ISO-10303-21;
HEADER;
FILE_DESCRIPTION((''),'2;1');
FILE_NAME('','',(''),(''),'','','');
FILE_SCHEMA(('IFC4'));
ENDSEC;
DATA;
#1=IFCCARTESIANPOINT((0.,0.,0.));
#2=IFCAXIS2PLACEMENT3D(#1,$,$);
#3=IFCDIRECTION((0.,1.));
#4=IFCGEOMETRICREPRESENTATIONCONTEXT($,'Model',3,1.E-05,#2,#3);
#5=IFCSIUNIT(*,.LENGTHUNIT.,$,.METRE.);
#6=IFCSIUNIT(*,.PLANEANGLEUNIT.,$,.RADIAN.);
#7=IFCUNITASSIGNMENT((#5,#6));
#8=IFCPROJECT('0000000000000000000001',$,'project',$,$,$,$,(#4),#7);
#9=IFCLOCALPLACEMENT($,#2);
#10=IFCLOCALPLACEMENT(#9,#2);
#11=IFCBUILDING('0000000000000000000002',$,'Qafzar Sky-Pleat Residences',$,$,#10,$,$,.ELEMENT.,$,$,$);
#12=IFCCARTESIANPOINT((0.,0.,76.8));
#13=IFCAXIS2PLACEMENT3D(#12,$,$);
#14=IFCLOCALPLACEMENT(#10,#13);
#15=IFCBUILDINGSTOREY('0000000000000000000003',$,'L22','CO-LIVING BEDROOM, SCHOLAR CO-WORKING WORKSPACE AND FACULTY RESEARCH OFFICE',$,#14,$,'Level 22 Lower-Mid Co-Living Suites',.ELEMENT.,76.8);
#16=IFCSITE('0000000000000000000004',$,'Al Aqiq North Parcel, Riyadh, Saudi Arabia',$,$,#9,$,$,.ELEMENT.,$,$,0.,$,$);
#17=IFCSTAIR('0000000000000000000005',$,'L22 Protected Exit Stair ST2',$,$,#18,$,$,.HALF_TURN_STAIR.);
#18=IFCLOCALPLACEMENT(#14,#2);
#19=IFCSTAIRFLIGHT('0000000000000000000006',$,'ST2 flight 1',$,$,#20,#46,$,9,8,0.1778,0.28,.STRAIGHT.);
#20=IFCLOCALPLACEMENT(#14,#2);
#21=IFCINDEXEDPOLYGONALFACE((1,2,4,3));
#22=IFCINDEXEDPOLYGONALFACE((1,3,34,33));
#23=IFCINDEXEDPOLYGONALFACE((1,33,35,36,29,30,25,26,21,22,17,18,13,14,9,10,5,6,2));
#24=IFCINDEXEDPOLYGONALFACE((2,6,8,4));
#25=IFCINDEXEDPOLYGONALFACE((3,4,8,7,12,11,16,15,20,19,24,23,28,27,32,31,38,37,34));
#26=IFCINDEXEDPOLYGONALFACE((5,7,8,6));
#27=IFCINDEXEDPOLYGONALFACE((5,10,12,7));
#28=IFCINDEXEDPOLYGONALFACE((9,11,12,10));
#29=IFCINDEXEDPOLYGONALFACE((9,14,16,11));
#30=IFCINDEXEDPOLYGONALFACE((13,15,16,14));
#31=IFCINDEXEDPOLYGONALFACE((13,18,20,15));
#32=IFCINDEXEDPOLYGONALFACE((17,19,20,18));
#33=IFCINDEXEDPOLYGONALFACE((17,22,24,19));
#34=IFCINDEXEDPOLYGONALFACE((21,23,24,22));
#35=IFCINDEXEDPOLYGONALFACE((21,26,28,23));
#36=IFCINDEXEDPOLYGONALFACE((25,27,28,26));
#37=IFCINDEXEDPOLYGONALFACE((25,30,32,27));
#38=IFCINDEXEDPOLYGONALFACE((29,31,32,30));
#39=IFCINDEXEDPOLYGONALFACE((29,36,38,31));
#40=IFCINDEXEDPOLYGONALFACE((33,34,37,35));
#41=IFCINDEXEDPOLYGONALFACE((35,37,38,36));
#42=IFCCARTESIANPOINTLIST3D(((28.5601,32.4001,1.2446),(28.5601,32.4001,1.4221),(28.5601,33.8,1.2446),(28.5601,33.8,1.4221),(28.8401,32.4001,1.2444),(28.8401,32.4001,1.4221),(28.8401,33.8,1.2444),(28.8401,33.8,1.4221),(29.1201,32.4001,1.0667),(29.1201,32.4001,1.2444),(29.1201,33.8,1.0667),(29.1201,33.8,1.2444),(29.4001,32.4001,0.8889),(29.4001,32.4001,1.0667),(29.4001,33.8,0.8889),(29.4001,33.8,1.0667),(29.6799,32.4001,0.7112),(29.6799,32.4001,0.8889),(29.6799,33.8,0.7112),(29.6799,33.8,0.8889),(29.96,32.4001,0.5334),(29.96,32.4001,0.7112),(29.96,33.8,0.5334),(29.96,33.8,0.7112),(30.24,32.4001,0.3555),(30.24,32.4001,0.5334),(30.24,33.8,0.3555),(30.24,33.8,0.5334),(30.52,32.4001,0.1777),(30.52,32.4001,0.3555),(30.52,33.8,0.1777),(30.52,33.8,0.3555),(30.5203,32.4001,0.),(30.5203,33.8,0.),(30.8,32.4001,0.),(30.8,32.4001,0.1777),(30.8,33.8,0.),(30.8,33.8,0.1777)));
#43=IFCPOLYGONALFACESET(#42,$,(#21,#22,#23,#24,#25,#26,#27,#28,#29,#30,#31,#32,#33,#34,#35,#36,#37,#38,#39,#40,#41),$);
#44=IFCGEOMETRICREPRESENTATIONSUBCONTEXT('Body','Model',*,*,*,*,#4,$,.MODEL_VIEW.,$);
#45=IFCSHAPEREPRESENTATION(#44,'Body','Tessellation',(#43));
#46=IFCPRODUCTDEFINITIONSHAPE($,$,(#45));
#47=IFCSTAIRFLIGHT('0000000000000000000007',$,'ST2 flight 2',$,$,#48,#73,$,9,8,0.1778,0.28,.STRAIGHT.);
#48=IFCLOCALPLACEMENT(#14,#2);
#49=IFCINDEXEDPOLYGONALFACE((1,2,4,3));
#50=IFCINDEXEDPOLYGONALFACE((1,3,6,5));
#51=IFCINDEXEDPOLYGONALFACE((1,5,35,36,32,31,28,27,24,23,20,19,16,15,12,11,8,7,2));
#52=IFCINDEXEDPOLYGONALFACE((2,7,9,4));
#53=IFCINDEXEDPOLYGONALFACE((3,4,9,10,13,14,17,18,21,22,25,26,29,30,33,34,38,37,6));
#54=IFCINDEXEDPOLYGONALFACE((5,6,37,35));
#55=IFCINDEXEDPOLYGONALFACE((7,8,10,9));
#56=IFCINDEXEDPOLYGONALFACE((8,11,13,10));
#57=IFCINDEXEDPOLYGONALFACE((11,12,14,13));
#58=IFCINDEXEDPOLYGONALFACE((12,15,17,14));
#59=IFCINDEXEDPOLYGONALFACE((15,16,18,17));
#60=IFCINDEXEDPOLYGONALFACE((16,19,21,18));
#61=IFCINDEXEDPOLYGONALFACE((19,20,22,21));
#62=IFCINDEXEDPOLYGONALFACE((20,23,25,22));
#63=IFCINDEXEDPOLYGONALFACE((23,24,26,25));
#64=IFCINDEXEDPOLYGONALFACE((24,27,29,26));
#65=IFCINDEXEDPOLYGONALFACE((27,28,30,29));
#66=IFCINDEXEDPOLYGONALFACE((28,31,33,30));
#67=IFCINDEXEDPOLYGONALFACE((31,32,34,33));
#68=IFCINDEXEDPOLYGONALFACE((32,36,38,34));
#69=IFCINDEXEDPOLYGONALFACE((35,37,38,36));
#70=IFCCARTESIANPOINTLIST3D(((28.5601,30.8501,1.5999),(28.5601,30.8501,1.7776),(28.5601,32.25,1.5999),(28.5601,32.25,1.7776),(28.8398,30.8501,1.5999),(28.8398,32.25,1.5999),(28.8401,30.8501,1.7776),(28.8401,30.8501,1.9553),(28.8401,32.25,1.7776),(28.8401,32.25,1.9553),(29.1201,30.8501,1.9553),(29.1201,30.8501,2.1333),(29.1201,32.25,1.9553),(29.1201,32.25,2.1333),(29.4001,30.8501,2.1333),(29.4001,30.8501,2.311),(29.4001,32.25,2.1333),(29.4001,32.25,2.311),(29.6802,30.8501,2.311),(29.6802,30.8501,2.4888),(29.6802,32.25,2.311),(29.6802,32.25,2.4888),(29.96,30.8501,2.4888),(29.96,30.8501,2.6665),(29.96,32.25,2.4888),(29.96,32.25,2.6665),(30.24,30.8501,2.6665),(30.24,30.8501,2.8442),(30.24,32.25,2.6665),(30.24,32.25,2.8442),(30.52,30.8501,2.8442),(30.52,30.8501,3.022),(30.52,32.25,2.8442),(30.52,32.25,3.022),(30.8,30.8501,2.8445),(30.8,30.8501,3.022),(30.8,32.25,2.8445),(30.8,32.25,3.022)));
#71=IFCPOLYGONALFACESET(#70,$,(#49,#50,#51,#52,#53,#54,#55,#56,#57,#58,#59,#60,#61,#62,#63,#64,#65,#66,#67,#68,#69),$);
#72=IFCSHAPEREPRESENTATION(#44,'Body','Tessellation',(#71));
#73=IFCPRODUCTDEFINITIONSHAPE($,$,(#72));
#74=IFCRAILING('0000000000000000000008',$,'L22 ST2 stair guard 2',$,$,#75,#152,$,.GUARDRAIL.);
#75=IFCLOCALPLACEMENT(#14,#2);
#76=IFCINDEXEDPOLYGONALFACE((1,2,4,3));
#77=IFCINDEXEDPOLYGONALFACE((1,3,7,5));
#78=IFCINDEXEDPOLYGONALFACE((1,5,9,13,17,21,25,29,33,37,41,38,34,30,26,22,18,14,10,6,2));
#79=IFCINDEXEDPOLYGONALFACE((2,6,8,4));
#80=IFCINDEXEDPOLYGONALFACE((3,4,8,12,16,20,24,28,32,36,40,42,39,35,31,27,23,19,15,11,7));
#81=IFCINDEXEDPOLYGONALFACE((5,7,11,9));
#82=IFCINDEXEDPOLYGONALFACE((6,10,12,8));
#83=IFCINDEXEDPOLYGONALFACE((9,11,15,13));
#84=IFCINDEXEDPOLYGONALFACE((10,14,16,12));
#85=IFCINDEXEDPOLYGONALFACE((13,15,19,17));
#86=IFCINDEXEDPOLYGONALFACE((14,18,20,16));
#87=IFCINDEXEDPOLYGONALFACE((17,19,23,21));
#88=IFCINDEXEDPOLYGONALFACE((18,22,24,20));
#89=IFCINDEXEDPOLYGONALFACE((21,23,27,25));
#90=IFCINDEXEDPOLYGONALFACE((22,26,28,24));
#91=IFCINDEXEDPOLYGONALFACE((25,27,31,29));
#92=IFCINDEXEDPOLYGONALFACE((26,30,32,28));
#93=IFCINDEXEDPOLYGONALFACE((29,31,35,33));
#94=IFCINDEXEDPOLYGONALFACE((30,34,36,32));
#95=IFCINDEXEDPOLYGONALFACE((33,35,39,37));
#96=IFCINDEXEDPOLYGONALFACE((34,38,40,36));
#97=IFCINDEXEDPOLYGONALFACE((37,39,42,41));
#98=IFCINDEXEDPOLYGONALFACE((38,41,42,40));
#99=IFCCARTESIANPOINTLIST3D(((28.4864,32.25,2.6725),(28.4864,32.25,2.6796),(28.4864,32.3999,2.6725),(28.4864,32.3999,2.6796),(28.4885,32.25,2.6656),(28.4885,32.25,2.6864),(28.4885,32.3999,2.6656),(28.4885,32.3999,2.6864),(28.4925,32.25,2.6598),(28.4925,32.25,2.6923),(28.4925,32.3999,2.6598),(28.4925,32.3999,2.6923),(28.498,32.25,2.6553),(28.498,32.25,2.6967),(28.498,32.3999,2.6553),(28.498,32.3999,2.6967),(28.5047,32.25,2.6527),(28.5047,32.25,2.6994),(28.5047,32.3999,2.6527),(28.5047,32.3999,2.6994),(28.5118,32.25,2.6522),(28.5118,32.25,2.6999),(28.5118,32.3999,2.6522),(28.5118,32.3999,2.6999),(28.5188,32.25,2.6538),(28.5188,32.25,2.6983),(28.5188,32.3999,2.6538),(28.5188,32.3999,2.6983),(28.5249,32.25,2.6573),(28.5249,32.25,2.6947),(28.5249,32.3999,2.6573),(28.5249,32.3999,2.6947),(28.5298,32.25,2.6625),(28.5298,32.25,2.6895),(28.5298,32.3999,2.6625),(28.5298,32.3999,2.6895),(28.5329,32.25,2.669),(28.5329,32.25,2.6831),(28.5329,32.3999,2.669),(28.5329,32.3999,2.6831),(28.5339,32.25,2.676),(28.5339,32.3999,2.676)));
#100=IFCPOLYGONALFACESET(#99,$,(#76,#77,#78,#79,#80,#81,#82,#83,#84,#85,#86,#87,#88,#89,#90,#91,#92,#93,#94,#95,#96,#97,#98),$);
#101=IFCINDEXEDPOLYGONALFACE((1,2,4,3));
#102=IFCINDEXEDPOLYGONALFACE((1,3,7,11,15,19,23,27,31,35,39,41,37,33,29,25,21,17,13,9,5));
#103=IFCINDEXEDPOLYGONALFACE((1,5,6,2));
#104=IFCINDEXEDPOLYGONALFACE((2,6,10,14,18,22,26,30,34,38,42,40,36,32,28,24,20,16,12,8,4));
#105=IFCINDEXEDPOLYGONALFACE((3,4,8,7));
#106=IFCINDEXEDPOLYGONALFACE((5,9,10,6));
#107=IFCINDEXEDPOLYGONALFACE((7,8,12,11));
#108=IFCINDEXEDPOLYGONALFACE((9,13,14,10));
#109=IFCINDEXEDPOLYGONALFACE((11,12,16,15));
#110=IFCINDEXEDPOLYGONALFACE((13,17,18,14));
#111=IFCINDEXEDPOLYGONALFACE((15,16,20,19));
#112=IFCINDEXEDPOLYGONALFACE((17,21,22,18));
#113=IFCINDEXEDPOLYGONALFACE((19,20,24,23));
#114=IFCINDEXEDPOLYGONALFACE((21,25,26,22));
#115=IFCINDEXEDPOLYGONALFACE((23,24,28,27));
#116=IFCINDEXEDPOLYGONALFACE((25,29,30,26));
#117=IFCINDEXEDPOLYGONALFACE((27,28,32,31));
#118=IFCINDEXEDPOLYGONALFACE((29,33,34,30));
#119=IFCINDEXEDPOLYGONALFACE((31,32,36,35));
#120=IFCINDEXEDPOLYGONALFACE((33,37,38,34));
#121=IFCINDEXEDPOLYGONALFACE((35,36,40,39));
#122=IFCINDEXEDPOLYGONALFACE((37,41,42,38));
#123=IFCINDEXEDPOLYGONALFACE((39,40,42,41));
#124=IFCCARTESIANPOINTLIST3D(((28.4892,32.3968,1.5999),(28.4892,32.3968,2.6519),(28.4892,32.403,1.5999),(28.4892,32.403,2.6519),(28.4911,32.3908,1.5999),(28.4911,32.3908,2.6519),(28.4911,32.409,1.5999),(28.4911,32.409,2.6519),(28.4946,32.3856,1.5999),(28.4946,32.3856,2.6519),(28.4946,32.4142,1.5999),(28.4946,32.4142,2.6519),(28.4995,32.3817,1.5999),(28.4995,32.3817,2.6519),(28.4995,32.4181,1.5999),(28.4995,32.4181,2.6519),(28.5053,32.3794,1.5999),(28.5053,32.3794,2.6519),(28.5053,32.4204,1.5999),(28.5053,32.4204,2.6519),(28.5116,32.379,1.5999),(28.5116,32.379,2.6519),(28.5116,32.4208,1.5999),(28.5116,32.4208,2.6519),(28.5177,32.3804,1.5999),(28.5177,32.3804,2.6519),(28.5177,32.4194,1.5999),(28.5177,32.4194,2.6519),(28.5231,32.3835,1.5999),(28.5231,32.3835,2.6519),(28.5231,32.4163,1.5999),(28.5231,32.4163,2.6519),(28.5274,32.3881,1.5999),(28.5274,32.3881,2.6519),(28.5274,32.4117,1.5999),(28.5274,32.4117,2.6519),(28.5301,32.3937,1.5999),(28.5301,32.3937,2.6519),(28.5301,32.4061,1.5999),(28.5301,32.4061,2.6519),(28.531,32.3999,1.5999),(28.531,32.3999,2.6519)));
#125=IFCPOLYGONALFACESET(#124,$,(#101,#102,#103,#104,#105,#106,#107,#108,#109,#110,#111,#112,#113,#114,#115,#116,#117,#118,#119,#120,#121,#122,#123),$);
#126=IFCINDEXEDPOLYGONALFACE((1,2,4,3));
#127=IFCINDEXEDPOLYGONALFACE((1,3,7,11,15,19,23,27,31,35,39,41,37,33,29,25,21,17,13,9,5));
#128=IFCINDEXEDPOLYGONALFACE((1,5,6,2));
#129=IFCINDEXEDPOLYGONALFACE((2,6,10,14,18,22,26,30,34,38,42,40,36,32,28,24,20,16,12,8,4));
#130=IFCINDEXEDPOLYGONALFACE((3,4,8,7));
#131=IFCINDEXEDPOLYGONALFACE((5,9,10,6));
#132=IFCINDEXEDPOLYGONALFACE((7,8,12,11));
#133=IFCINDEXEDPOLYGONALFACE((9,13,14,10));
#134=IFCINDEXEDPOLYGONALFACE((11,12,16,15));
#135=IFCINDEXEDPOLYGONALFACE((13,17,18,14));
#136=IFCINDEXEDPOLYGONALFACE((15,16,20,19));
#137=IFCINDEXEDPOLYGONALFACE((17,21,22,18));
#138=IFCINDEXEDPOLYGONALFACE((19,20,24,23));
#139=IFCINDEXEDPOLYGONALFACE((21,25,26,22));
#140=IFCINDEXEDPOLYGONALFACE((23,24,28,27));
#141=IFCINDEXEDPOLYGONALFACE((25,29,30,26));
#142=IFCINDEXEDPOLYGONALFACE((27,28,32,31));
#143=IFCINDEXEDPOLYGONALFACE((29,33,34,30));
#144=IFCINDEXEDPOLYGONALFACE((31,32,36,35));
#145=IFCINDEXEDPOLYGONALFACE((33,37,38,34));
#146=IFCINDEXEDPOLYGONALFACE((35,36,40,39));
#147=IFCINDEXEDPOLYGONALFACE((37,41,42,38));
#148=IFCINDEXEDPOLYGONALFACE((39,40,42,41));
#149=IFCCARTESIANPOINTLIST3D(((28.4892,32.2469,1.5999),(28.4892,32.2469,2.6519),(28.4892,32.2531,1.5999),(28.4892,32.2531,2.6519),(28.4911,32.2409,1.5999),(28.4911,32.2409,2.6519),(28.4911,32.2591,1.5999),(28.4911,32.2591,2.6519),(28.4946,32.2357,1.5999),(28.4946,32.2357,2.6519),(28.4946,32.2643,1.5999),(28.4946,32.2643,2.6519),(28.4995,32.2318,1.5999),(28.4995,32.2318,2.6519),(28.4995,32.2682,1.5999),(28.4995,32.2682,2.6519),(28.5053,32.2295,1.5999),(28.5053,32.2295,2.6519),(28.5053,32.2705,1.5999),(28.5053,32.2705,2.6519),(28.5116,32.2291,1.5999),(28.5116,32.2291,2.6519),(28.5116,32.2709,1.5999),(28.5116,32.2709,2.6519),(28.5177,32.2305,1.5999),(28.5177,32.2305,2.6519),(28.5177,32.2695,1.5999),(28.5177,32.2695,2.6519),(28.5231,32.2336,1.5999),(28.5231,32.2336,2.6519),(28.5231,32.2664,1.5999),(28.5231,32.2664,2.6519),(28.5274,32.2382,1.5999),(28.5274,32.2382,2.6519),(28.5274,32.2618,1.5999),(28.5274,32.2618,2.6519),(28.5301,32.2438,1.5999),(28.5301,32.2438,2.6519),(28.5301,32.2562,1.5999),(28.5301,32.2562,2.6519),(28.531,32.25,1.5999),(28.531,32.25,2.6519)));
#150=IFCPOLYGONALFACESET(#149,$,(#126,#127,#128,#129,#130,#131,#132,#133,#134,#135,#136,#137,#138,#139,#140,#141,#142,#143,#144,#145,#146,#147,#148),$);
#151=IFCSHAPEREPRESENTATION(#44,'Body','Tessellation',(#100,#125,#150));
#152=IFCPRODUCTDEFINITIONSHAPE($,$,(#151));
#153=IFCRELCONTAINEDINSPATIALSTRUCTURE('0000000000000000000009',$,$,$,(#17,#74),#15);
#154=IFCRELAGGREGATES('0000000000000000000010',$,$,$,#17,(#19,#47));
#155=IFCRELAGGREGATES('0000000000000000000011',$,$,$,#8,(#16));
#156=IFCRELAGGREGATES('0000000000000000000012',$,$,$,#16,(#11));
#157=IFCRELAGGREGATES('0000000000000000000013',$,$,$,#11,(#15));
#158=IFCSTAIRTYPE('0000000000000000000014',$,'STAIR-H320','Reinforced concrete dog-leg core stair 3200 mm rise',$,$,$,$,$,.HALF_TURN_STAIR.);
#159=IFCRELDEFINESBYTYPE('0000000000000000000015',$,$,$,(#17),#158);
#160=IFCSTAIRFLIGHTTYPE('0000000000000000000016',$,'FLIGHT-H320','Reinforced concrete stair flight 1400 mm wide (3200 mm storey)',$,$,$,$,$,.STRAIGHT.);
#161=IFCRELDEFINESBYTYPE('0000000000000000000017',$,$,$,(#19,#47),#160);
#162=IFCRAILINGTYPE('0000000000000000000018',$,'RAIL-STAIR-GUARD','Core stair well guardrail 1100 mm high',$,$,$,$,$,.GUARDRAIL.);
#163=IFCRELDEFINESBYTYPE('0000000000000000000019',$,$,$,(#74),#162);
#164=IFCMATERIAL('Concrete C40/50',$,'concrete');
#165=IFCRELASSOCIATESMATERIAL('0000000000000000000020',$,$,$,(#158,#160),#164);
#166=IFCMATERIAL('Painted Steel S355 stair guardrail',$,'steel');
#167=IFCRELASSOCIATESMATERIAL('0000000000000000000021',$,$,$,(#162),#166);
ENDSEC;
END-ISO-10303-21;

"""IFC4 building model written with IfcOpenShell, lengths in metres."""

from ifc_helpers import new_model, si_unit, direction, frame, origin, origin_2d, place, context, subcontext, project, spatial, polyline, circle, outline, extrude, source, transform, mapped, material, type_object, element, aggregate, save


model = new_model("IFC4")

# Units and contexts
model_context = context("Model", 3, precision=1e-05, world=origin(), true_north=direction((0.0, 1.0)))
body_context = subcontext(model_context, "Body", "Model", "MODEL_VIEW")
ifc_project = project(units=[si_unit("LENGTHUNIT", "METRE"), si_unit("PLANEANGLEUNIT", "RADIAN")], contexts=[model_context])

# Site, building, storey
site_placement = place(None, origin())
site = spatial("IfcSite", under=ifc_project, at=site_placement, Name="Al Aqiq North Parcel, Riyadh, Saudi Arabia", CompositionType="ELEMENT", RefElevation=0.0)
building_placement = place(site_placement, origin())
building = spatial("IfcBuilding", under=site, at=building_placement, Name="Qafzar Sky-Pleat Residences", CompositionType="ELEMENT")
storey_placement = place(building_placement, frame((0.0, 0.0, 76.8)))
storey = spatial("IfcBuildingStorey", under=building, at=storey_placement, Name="L22", Description="CO-LIVING BEDROOM, SCHOLAR CO-WORKING WORKSPACE AND FACULTY RESEARCH OFFICE", LongName="Level 22 Lower-Mid Co-Living Suites", CompositionType="ELEMENT", Elevation=76.8)

# Stair, stair flights
ifc_material_1 = material(Name="Concrete C40/50", Category="concrete")
stair_type = type_object("IfcStairType", Name="STAIR-H320", Description="Reinforced concrete dog-leg core stair 3200 mm rise", PredefinedType="HALF_TURN_STAIR", material=ifc_material_1)
stair_placement = place(storey_placement, origin())
stair = element("IfcStair", 1, at=stair_placement, inside=storey, type_object=stair_type, Name="L22 Protected Exit Stair ST2", PredefinedType="HALF_TURN_STAIR")
stair_flight_type = type_object("IfcStairFlightType", Name="FLIGHT-H320", Description="Reinforced concrete stair flight 1400 mm wide (3200 mm storey)", PredefinedType="STRAIGHT", material=ifc_material_1)
shared_shape_1 = source(origin(), body_context, "Body", "SweptSolid", [
    extrude(outline(polyline([(0.0, 0.0), (0.0, 0.1777), (0.28, 0.1777), (0.28, 0.3555), (0.5601, 0.3555), (0.5601, 0.5334), (0.8401, 0.5334), (0.8401, 0.7112), (1.1201, 0.7112), (1.1201, 0.8889), (1.3999, 0.8889), (1.3999, 1.0667), (1.6799, 1.0667), (1.6799, 1.2444), (1.96, 1.2444), (1.96, 1.4221), (2.24, 1.4221), (2.24, 1.6001), (2.24, 1.2446), (0.2798, 0.0), (0.0, 0.0)])), frame((0.0, 0.7, 0.0), z_axis=(0.0, -1.0, 0.0), x_axis=(1.0, 0.0, 0.0)), (0.0, 0.0, 1.0), 1.3999),
])
stair_flight_1_placement = place(storey_placement, frame((30.8, 33.1001, 0.0), z_axis=(0.0, 0.0, 1.0), x_axis=(-1.0, 0.0, 0.0)))
stair_flight_1 = element("IfcStairFlight", 2, at=stair_flight_1_placement, type_object=stair_flight_type, Name="ST2 flight 1", NumberOfRisers=9, NumberOfTreads=8, PredefinedType="STRAIGHT", RiserHeight=0.1778, TreadLength=0.28, context=body_context, shape_type="MappedRepresentation", body=[
    mapped(shared_shape_1, transform((0.0, 0.0, 0.0), x_axis=(1.0, 0.0, 0.0), y_axis=(0.0, 1.0, 0.0), z_axis=(0.0, 0.0, 1.0), scale=1.0)),
])
stair_flight_2_placement = place(storey_placement, frame((28.5601, 31.55, 1.5999), z_axis=(0.0, 0.0, 1.0), x_axis=(1.0, 0.0, 0.0)))
stair_flight_2 = element("IfcStairFlight", 3, at=stair_flight_2_placement, type_object=stair_flight_type, Name="ST2 flight 2", NumberOfRisers=9, NumberOfTreads=8, PredefinedType="STRAIGHT", RiserHeight=0.1778, TreadLength=0.28, context=body_context, shape_type="MappedRepresentation", body=[
    mapped(shared_shape_1, transform((0.0, 0.0, 0.0), x_axis=(1.0, 0.0, 0.0), y_axis=(0.0, 1.0, 0.0), z_axis=(0.0, 0.0, 1.0), scale=1.0)),
])
aggregate(stair, [stair_flight_1, stair_flight_2])

# Railing
ifc_material_2 = material(Name="Painted Steel S355 stair guardrail", Category="steel")
railing_type_1 = type_object("IfcRailingType", Name="RAIL-STAIR-GUARD", Description="Core stair well guardrail 1100 mm high", PredefinedType="GUARDRAIL", material=ifc_material_2)
shared_shape_2 = source(origin(), body_context, "Body", "SweptSolid", [
    extrude(circle(Radius=0.0239, at=origin_2d()), frame((0.0, 0.0, 1.0762), z_axis=(0.0, -1.0, 0.0), x_axis=(1.0, 0.0, 0.0)), (0.0, 0.0, 1.0), 0.1499),
    extrude(circle(Radius=0.021, at=origin_2d()), origin(), (0.0, 0.0, 1.0), 1.052),
    extrude(circle(Radius=0.021, at=origin_2d()), frame((0.0, -0.1499, 0.0)), (0.0, 0.0, 1.0), 1.052),
])
for number, where, name in (
    (4, (28.51, 32.3999, 1.5999), "L22 ST2 stair guard 2"),
):
    element("IfcRailing", number, at=place(storey_placement, frame(where)), inside=storey, type_object=railing_type_1, Name=name, PredefinedType="GUARDRAIL", context=body_context, shape_type="MappedRepresentation", body=[
        mapped(shared_shape_2, transform((0.0, 0.0, 0.0), x_axis=(1.0, 0.0, 0.0), y_axis=(0.0, 1.0, 0.0), z_axis=(0.0, 0.0, 1.0), scale=1.0)),
    ])

save(model, "model.ifc")
